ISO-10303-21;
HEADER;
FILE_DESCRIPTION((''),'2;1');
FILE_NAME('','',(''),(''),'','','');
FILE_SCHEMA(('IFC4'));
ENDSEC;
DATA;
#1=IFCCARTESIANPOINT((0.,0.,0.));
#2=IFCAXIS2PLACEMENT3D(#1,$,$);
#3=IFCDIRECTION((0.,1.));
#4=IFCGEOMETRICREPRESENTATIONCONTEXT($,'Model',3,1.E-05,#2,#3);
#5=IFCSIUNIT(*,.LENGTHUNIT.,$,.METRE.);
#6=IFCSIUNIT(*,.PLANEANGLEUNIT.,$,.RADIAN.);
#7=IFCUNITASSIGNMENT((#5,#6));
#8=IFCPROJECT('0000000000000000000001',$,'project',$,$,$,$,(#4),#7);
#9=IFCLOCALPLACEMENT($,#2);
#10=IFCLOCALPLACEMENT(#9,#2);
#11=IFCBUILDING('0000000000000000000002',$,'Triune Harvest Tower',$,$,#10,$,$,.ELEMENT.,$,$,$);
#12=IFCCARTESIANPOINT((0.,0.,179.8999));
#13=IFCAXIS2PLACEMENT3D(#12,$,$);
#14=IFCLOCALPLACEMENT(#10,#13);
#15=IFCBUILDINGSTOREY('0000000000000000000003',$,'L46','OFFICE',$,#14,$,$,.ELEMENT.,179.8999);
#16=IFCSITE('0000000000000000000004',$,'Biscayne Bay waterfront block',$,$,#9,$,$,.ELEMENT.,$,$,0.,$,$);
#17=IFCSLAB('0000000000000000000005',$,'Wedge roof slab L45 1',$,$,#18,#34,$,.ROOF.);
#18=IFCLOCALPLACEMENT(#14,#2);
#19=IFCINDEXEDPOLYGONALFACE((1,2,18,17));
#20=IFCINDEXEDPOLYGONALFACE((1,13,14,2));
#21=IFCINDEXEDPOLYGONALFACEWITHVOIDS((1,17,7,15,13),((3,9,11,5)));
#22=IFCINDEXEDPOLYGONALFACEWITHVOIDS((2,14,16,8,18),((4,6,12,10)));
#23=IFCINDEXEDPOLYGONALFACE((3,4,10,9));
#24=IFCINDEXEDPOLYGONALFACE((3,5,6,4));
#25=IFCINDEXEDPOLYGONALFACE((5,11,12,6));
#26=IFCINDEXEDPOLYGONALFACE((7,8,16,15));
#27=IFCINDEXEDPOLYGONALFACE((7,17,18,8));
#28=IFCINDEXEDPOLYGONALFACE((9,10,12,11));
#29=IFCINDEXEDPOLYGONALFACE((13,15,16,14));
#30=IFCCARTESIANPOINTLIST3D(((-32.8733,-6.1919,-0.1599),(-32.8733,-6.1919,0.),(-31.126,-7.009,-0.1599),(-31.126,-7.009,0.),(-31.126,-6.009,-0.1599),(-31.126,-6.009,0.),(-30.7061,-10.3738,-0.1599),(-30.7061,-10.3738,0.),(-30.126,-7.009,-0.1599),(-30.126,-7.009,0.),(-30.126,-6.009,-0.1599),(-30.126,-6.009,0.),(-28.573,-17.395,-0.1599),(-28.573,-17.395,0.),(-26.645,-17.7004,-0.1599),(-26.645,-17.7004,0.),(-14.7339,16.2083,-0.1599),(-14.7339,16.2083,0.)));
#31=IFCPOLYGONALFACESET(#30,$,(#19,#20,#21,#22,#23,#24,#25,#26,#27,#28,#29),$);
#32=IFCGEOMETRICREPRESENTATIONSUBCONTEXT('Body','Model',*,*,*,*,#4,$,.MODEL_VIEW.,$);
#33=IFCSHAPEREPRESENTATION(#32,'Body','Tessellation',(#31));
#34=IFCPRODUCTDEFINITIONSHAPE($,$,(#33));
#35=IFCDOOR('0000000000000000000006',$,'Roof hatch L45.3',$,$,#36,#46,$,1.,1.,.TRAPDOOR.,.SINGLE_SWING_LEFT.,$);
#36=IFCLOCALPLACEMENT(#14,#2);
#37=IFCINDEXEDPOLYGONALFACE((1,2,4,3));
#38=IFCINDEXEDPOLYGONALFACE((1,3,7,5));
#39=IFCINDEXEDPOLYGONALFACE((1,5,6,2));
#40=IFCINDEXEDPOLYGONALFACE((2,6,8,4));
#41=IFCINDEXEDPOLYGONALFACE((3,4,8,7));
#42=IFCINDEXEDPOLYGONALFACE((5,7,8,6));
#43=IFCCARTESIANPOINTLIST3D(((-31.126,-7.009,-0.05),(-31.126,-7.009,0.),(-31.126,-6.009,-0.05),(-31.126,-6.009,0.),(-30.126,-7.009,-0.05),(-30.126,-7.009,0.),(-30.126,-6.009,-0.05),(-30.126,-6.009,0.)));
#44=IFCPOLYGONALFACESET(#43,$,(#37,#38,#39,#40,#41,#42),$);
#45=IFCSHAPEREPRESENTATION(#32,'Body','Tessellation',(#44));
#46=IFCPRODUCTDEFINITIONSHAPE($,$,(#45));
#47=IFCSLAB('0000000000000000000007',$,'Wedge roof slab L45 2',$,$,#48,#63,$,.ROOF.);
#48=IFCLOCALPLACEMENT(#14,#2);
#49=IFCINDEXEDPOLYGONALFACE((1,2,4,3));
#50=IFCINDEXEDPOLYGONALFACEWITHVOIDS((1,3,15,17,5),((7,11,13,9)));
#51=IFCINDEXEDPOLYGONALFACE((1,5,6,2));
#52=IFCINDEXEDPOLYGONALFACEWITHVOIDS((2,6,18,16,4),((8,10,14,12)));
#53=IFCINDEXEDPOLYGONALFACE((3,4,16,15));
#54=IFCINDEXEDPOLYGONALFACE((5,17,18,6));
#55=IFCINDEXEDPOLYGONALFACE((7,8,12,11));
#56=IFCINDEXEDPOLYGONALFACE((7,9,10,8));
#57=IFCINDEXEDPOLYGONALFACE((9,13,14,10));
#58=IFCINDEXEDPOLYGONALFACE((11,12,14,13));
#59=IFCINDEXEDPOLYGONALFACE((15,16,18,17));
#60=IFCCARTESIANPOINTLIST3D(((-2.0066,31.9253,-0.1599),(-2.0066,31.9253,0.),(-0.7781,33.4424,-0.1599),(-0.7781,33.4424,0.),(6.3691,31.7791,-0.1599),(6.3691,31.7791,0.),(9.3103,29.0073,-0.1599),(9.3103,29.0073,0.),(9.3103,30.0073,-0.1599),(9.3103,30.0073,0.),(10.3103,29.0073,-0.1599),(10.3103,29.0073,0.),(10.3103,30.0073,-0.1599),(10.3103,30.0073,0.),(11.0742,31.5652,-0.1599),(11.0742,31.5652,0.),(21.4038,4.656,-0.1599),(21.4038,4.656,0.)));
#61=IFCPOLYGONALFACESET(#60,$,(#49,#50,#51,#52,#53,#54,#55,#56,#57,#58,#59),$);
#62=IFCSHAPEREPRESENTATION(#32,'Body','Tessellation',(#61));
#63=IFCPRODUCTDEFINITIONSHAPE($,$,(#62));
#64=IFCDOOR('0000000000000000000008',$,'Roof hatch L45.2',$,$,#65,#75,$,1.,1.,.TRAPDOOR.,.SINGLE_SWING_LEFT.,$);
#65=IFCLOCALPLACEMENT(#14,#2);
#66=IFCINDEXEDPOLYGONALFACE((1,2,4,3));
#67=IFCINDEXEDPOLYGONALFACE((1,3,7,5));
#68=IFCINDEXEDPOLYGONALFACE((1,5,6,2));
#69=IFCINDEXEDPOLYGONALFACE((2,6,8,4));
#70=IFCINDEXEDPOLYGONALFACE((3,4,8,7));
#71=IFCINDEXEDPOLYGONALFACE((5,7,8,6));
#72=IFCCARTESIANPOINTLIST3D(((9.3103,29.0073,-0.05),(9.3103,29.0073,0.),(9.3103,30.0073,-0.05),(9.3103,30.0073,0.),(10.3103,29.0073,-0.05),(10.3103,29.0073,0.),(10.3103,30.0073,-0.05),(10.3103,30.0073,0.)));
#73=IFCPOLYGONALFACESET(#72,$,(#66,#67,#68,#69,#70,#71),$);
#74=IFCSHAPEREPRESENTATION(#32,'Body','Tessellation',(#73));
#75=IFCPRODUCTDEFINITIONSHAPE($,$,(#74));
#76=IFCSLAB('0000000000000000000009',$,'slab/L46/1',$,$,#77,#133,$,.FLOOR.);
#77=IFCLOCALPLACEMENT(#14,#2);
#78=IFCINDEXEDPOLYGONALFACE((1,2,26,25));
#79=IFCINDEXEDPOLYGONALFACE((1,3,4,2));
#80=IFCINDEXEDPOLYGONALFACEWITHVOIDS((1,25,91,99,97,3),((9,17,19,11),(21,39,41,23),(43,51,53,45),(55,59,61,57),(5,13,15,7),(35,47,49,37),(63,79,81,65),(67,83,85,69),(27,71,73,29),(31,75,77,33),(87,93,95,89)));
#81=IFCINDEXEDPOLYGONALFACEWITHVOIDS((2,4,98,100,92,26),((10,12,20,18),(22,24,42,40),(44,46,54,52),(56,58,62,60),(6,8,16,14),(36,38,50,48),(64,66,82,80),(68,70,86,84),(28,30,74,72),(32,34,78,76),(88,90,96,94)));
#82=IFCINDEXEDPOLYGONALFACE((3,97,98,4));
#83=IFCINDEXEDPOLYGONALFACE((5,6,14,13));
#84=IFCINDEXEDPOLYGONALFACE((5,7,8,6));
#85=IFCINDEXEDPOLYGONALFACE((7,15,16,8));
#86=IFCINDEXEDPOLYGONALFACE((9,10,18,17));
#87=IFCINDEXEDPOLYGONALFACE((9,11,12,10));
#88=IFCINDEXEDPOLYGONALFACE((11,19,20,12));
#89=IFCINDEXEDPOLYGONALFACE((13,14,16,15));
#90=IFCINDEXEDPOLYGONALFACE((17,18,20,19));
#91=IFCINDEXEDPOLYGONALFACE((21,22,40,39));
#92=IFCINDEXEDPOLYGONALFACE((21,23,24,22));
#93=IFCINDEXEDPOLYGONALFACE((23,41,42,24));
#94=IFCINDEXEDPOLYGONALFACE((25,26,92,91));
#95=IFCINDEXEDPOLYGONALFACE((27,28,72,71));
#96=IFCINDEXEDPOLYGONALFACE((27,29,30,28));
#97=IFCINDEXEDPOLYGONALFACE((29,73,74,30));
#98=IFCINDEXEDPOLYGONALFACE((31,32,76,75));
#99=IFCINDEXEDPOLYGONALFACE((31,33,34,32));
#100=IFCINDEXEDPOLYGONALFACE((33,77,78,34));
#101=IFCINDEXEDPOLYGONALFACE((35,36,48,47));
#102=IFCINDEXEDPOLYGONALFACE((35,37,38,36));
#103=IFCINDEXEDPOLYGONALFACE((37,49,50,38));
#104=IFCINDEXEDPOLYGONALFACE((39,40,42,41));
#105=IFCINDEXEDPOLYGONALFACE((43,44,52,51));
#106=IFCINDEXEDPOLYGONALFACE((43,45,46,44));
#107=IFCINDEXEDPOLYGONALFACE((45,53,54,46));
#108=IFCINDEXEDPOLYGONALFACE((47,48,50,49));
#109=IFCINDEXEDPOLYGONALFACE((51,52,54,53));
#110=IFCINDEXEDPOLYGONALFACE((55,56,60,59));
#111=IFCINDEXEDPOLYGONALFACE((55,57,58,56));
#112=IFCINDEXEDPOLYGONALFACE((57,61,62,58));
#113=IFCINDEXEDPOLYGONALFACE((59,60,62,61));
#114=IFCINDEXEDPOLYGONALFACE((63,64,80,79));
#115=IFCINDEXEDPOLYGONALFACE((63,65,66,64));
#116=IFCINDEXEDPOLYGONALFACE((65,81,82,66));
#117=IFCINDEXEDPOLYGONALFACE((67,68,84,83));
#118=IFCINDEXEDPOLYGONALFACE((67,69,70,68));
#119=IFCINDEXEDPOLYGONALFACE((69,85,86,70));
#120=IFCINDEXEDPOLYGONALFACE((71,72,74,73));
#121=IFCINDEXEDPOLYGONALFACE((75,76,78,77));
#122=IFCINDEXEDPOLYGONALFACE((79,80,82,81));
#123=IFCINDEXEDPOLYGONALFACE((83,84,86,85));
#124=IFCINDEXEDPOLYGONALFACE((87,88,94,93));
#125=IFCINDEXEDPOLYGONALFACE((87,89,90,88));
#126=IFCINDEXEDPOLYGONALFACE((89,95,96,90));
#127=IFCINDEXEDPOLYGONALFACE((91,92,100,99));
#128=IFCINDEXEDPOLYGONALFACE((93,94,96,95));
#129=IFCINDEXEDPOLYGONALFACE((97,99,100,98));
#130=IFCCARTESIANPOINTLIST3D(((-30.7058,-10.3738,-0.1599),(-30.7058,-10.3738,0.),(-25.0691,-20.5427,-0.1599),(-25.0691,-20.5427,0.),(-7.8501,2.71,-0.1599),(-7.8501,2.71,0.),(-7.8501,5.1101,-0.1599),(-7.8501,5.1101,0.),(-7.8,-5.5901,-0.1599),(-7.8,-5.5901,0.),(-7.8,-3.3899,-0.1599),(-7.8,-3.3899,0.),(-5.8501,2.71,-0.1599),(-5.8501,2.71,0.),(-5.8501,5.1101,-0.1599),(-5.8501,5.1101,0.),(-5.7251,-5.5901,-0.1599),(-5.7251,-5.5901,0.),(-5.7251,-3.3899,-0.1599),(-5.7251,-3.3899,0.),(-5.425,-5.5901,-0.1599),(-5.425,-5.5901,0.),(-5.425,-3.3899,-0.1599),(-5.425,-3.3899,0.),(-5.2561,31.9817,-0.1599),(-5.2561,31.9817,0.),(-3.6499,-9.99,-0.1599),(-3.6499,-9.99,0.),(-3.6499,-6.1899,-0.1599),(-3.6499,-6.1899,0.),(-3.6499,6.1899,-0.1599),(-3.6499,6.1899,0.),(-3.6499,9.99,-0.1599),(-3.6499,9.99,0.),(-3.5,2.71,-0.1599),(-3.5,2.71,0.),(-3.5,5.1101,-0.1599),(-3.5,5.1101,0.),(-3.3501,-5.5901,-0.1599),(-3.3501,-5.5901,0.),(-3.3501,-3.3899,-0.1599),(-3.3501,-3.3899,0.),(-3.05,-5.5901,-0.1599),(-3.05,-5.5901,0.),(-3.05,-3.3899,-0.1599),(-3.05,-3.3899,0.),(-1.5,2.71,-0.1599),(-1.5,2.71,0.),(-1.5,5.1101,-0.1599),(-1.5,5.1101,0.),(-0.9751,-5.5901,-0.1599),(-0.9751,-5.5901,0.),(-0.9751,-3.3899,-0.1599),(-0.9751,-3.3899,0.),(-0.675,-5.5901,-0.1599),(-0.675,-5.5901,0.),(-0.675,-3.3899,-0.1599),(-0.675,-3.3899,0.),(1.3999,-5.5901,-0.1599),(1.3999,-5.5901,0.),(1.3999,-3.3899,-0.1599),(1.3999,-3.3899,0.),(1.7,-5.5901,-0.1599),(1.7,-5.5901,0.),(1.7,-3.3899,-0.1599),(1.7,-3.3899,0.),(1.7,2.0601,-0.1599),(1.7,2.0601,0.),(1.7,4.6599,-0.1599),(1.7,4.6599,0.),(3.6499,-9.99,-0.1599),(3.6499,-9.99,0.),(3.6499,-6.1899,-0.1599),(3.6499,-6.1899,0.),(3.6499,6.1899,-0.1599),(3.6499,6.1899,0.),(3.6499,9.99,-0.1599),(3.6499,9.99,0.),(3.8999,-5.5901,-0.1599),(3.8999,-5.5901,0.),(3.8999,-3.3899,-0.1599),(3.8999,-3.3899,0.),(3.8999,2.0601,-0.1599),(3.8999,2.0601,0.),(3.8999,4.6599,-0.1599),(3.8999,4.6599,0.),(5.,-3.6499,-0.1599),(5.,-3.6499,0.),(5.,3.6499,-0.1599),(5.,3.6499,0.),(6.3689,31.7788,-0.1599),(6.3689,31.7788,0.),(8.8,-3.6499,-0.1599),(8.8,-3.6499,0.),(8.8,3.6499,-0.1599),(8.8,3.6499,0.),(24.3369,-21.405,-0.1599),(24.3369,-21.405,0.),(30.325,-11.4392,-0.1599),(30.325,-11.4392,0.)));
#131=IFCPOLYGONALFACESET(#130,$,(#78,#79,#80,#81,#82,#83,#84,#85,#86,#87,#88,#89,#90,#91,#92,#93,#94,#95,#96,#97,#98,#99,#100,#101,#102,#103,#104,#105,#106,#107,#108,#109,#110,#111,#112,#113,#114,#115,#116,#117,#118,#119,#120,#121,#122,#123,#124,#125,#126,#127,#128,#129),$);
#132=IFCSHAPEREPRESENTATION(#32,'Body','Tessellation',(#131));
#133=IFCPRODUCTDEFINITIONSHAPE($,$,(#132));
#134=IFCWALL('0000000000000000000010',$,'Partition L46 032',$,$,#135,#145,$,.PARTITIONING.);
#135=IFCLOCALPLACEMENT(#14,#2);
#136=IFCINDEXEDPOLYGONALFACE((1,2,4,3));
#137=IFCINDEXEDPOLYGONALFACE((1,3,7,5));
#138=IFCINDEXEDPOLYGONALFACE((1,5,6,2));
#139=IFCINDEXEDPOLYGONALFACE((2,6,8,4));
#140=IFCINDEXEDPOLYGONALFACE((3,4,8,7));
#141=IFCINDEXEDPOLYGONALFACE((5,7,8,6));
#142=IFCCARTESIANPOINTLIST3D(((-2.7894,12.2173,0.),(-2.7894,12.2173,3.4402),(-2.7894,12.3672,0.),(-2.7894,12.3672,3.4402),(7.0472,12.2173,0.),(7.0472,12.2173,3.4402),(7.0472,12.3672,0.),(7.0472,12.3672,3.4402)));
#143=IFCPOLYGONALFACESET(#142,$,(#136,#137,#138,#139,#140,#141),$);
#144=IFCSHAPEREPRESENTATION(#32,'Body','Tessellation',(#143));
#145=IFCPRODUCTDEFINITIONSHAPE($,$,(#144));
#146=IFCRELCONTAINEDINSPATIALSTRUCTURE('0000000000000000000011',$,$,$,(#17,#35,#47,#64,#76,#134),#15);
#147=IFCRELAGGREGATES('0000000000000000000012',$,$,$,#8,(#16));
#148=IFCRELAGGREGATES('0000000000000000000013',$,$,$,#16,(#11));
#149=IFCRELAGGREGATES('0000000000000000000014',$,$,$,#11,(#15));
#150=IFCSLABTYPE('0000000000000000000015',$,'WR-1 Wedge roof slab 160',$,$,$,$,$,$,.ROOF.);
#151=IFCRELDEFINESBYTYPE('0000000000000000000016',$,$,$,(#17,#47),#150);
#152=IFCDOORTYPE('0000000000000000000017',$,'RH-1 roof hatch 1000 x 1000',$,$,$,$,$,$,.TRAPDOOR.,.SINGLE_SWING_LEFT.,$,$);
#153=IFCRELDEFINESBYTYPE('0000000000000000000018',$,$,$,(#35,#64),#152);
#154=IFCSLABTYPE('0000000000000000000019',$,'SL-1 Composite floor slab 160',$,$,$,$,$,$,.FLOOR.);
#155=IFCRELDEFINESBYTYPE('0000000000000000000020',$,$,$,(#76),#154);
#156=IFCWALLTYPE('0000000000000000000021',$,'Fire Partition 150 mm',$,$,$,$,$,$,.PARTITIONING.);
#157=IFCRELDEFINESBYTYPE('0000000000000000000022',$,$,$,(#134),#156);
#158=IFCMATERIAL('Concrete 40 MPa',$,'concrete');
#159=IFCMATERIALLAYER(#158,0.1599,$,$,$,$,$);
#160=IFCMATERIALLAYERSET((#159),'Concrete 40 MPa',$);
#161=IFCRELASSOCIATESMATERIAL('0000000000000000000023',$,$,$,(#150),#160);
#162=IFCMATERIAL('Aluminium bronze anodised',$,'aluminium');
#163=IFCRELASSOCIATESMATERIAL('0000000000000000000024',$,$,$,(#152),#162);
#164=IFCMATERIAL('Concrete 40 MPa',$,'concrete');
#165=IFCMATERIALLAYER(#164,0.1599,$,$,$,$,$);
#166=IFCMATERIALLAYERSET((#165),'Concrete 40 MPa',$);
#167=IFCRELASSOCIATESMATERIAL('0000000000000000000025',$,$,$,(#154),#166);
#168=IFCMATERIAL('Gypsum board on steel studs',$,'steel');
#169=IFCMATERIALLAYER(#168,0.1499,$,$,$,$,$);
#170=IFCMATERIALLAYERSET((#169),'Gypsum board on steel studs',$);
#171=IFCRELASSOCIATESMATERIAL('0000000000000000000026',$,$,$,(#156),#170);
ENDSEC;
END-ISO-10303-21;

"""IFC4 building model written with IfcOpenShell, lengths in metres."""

from ifc_helpers import new_model, si_unit, direction, frame, frame_2d, origin, origin_2d, place, context, subcontext, project, spatial, polyline, rectangle, outline, extrude, source, transform, mapped, material, layer, layer_set, type_object, element, fill, save


model = new_model("IFC4")

# Units and contexts
model_context = context("Model", 3, precision=1e-05, world=origin(), true_north=direction((0.0, 1.0)))
body_context = subcontext(model_context, "Body", "Model", "MODEL_VIEW")
ifc_project = project(units=[si_unit("LENGTHUNIT", "METRE"), si_unit("PLANEANGLEUNIT", "RADIAN")], contexts=[model_context])

# Site, building, storey
site_placement = place(None, origin())
site = spatial("IfcSite", under=ifc_project, at=site_placement, Name="Biscayne Bay waterfront block", CompositionType="ELEMENT", RefElevation=0.0)
building_placement = place(site_placement, origin())
building = spatial("IfcBuilding", under=site, at=building_placement, Name="Triune Harvest Tower", CompositionType="ELEMENT")
storey_placement = place(building_placement, frame((0.0, 0.0, 179.8999)))
storey = spatial("IfcBuildingStorey", under=building, at=storey_placement, Name="L46", Description="OFFICE", CompositionType="ELEMENT", Elevation=179.8999)

# Slabs, openings, doors
ifc_material_1 = material(Name="Concrete 40 MPa", Category="concrete")
ifc_layer_1 = layer(ifc_material_1, 0.1599)
ifc_layer_set_1 = layer_set([ifc_layer_1], Name="Concrete 40 MPa")
slab_type_1 = type_object("IfcSlabType", Name="WR-1 Wedge roof slab 160", PredefinedType="ROOF", material=ifc_layer_set_1)
slab_1_placement = place(storey_placement, frame((0.0, 0.0, -0.1599)))
slab_1 = element("IfcSlab", 1, at=slab_1_placement, inside=storey, type_object=slab_type_1, Name="Wedge roof slab L45 1", PredefinedType="ROOF", context=body_context, shape_type="SweptSolid", body=[
    extrude(outline(polyline([(-28.573, -17.395), (-26.645, -17.7004), (-30.7061, -10.3738), (-14.7339, 16.2083), (-32.8733, -6.1919), (-28.573, -17.395)])), origin(), (0.0, 0.0, 1.0), 0.1599),
])
opening_1_placement = place(slab_1_placement, frame((-30.626, -6.509, 0.0)))
opening_1 = element("IfcOpeningElement", 2, at=opening_1_placement, cuts=slab_1, PredefinedType="OPENING", context=body_context, shape_type="SweptSolid", body=[
    extrude(rectangle(XDim=1.0, YDim=1.0, at=origin_2d()), origin(), (0.0, 0.0, 1.0), 0.1599),
])
ifc_material_2 = material(Name="Aluminium bronze anodised", Category="aluminium")
door_type_1 = type_object("IfcDoorType", Name="RH-1 roof hatch 1000 x 1000", OperationType="SINGLE_SWING_LEFT", PredefinedType="TRAPDOOR", material=ifc_material_2)
door_1_placement = place(opening_1_placement, frame((0.0, 0.0, 0.1099)))
door_1 = element("IfcDoor", 3, at=door_1_placement, inside=storey, type_object=door_type_1, Name="Roof hatch L45.3", OperationType="SINGLE_SWING_LEFT", OverallHeight=1.0, OverallWidth=1.0, PredefinedType="TRAPDOOR", context=body_context, shape_type="SweptSolid", body=[
    extrude(rectangle(XDim=1.0, YDim=1.0, at=origin_2d()), origin(), (0.0, 0.0, 1.0), 0.05),
])
fill(opening_1, door_1)
slab_2_placement = place(storey_placement, frame((0.0, 0.0, -0.1599)))
slab_2 = element("IfcSlab", 4, at=slab_2_placement, inside=storey, type_object=slab_type_1, Name="Wedge roof slab L45 2", PredefinedType="ROOF", context=body_context, shape_type="SweptSolid", body=[
    extrude(outline(polyline([(-0.7781, 33.4424), (-2.0066, 31.9253), (6.3691, 31.7791), (21.4038, 4.656), (11.0742, 31.5652), (-0.7781, 33.4424)])), origin(), (0.0, 0.0, 1.0), 0.1599),
])
opening_2_placement = place(slab_2_placement, frame((9.8103, 29.5073, 0.0)))
opening_2 = element("IfcOpeningElement", 5, at=opening_2_placement, cuts=slab_2, PredefinedType="OPENING", context=body_context, shape_type="SweptSolid", body=[
    extrude(rectangle(XDim=1.0, YDim=1.0, at=origin_2d()), origin(), (0.0, 0.0, 1.0), 0.1599),
])
door_2_placement = place(opening_2_placement, frame((0.0, 0.0, 0.1099)))
door_2 = element("IfcDoor", 6, at=door_2_placement, inside=storey, type_object=door_type_1, Name="Roof hatch L45.2", OperationType="SINGLE_SWING_LEFT", OverallHeight=1.0, OverallWidth=1.0, PredefinedType="TRAPDOOR", context=body_context, shape_type="SweptSolid", body=[
    extrude(rectangle(XDim=1.0, YDim=1.0, at=origin_2d()), origin(), (0.0, 0.0, 1.0), 0.05),
])
fill(opening_2, door_2)

# Slab
ifc_material_3 = material(Name="Concrete 40 MPa", Category="concrete")
ifc_layer_2 = layer(ifc_material_3, 0.1599)
ifc_layer_set_2 = layer_set([ifc_layer_2], Name="Concrete 40 MPa")
slab_type_2 = type_object("IfcSlabType", Name="SL-1 Composite floor slab 160", PredefinedType="FLOOR", material=ifc_layer_set_2)
shared_shape_1 = source(origin(), body_context, "Body", "SweptSolid", [
    extrude(outline(polyline([(30.325, -11.4392), (6.3689, 31.7788), (-5.2561, 31.9817), (-30.7058, -10.3738), (-25.0691, -20.5427), (24.3369, -21.405), (30.325, -11.4392)]), holes=[polyline([(-5.7251, -5.5901), (-5.7251, -3.3899), (-7.8, -3.3899), (-7.8, -5.5901), (-5.7251, -5.5901)]), polyline([(-3.3501, -5.5901), (-3.3501, -3.3899), (-5.425, -3.3899), (-5.425, -5.5901), (-3.3501, -5.5901)]), polyline([(-0.9751, -5.5901), (-0.9751, -3.3899), (-3.05, -3.3899), (-3.05, -5.5901), (-0.9751, -5.5901)]), polyline([(1.3999, -5.5901), (1.3999, -3.3899), (-0.675, -3.3899), (-0.675, -5.5901), (1.3999, -5.5901)]), polyline([(3.8999, 2.0601), (3.8999, 4.6599), (1.7, 4.6599), (1.7, 2.0601), (3.8999, 2.0601)]), polyline([(3.8999, -5.5901), (3.8999, -3.3899), (1.7, -3.3899), (1.7, -5.5901), (3.8999, -5.5901)]), polyline([(-5.8501, 2.71), (-5.8501, 5.1101), (-7.8501, 5.1101), (-7.8501, 2.71), (-5.8501, 2.71)]), polyline([(-1.5, 2.71), (-1.5, 5.1101), (-3.5, 5.1101), (-3.5, 2.71), (-1.5, 2.71)]), polyline([(3.6499, 6.1899), (3.6499, 9.99), (-3.6499, 9.99), (-3.6499, 6.1899), (3.6499, 6.1899)]), polyline([(3.6499, -9.99), (3.6499, -6.1899), (-3.6499, -6.1899), (-3.6499, -9.99), (3.6499, -9.99)]), polyline([(8.8, -3.6499), (8.8, 3.6499), (5.0, 3.6499), (5.0, -3.6499), (8.8, -3.6499)])]), origin(), (0.0, 0.0, 1.0), 0.1599),
])
slab_3_placement = place(storey_placement, frame((0.0, 0.0, -0.1599)))
element("IfcSlab", 7, at=slab_3_placement, inside=storey, type_object=slab_type_2, Name="slab/L46/1", PredefinedType="FLOOR", context=body_context, shape_type="MappedRepresentation", body=[
    mapped(shared_shape_1, transform((0.0, 0.0, 0.0), scale=1.0)),
])

# Wall
ifc_material_4 = material(Name="Gypsum board on steel studs", Category="steel")
ifc_layer_3 = layer(ifc_material_4, 0.1499)
ifc_layer_set_3 = layer_set([ifc_layer_3], Name="Gypsum board on steel studs")
wall_type_1 = type_object("IfcWallType", Name="Fire Partition 150 mm", PredefinedType="PARTITIONING", material=ifc_layer_set_3)
wall_1_placement = place(storey_placement, frame((-2.7896, 12.2922, 0.0), z_axis=(0.0, 0.0, 1.0), x_axis=(1.0, 0.0, 0.0)))
element("IfcWall", 8, at=wall_1_placement, inside=storey, type_object=wall_type_1, Name="Partition L46 032", PredefinedType="PARTITIONING", context=body_context, shape_type="SweptSolid", body=[
    extrude(rectangle(XDim=9.8367, YDim=0.1499, at=frame_2d((4.9185, 0.0))), origin(), (0.0, 0.0, 1.0), 3.4402),
])

save(model, "model.ifc")
